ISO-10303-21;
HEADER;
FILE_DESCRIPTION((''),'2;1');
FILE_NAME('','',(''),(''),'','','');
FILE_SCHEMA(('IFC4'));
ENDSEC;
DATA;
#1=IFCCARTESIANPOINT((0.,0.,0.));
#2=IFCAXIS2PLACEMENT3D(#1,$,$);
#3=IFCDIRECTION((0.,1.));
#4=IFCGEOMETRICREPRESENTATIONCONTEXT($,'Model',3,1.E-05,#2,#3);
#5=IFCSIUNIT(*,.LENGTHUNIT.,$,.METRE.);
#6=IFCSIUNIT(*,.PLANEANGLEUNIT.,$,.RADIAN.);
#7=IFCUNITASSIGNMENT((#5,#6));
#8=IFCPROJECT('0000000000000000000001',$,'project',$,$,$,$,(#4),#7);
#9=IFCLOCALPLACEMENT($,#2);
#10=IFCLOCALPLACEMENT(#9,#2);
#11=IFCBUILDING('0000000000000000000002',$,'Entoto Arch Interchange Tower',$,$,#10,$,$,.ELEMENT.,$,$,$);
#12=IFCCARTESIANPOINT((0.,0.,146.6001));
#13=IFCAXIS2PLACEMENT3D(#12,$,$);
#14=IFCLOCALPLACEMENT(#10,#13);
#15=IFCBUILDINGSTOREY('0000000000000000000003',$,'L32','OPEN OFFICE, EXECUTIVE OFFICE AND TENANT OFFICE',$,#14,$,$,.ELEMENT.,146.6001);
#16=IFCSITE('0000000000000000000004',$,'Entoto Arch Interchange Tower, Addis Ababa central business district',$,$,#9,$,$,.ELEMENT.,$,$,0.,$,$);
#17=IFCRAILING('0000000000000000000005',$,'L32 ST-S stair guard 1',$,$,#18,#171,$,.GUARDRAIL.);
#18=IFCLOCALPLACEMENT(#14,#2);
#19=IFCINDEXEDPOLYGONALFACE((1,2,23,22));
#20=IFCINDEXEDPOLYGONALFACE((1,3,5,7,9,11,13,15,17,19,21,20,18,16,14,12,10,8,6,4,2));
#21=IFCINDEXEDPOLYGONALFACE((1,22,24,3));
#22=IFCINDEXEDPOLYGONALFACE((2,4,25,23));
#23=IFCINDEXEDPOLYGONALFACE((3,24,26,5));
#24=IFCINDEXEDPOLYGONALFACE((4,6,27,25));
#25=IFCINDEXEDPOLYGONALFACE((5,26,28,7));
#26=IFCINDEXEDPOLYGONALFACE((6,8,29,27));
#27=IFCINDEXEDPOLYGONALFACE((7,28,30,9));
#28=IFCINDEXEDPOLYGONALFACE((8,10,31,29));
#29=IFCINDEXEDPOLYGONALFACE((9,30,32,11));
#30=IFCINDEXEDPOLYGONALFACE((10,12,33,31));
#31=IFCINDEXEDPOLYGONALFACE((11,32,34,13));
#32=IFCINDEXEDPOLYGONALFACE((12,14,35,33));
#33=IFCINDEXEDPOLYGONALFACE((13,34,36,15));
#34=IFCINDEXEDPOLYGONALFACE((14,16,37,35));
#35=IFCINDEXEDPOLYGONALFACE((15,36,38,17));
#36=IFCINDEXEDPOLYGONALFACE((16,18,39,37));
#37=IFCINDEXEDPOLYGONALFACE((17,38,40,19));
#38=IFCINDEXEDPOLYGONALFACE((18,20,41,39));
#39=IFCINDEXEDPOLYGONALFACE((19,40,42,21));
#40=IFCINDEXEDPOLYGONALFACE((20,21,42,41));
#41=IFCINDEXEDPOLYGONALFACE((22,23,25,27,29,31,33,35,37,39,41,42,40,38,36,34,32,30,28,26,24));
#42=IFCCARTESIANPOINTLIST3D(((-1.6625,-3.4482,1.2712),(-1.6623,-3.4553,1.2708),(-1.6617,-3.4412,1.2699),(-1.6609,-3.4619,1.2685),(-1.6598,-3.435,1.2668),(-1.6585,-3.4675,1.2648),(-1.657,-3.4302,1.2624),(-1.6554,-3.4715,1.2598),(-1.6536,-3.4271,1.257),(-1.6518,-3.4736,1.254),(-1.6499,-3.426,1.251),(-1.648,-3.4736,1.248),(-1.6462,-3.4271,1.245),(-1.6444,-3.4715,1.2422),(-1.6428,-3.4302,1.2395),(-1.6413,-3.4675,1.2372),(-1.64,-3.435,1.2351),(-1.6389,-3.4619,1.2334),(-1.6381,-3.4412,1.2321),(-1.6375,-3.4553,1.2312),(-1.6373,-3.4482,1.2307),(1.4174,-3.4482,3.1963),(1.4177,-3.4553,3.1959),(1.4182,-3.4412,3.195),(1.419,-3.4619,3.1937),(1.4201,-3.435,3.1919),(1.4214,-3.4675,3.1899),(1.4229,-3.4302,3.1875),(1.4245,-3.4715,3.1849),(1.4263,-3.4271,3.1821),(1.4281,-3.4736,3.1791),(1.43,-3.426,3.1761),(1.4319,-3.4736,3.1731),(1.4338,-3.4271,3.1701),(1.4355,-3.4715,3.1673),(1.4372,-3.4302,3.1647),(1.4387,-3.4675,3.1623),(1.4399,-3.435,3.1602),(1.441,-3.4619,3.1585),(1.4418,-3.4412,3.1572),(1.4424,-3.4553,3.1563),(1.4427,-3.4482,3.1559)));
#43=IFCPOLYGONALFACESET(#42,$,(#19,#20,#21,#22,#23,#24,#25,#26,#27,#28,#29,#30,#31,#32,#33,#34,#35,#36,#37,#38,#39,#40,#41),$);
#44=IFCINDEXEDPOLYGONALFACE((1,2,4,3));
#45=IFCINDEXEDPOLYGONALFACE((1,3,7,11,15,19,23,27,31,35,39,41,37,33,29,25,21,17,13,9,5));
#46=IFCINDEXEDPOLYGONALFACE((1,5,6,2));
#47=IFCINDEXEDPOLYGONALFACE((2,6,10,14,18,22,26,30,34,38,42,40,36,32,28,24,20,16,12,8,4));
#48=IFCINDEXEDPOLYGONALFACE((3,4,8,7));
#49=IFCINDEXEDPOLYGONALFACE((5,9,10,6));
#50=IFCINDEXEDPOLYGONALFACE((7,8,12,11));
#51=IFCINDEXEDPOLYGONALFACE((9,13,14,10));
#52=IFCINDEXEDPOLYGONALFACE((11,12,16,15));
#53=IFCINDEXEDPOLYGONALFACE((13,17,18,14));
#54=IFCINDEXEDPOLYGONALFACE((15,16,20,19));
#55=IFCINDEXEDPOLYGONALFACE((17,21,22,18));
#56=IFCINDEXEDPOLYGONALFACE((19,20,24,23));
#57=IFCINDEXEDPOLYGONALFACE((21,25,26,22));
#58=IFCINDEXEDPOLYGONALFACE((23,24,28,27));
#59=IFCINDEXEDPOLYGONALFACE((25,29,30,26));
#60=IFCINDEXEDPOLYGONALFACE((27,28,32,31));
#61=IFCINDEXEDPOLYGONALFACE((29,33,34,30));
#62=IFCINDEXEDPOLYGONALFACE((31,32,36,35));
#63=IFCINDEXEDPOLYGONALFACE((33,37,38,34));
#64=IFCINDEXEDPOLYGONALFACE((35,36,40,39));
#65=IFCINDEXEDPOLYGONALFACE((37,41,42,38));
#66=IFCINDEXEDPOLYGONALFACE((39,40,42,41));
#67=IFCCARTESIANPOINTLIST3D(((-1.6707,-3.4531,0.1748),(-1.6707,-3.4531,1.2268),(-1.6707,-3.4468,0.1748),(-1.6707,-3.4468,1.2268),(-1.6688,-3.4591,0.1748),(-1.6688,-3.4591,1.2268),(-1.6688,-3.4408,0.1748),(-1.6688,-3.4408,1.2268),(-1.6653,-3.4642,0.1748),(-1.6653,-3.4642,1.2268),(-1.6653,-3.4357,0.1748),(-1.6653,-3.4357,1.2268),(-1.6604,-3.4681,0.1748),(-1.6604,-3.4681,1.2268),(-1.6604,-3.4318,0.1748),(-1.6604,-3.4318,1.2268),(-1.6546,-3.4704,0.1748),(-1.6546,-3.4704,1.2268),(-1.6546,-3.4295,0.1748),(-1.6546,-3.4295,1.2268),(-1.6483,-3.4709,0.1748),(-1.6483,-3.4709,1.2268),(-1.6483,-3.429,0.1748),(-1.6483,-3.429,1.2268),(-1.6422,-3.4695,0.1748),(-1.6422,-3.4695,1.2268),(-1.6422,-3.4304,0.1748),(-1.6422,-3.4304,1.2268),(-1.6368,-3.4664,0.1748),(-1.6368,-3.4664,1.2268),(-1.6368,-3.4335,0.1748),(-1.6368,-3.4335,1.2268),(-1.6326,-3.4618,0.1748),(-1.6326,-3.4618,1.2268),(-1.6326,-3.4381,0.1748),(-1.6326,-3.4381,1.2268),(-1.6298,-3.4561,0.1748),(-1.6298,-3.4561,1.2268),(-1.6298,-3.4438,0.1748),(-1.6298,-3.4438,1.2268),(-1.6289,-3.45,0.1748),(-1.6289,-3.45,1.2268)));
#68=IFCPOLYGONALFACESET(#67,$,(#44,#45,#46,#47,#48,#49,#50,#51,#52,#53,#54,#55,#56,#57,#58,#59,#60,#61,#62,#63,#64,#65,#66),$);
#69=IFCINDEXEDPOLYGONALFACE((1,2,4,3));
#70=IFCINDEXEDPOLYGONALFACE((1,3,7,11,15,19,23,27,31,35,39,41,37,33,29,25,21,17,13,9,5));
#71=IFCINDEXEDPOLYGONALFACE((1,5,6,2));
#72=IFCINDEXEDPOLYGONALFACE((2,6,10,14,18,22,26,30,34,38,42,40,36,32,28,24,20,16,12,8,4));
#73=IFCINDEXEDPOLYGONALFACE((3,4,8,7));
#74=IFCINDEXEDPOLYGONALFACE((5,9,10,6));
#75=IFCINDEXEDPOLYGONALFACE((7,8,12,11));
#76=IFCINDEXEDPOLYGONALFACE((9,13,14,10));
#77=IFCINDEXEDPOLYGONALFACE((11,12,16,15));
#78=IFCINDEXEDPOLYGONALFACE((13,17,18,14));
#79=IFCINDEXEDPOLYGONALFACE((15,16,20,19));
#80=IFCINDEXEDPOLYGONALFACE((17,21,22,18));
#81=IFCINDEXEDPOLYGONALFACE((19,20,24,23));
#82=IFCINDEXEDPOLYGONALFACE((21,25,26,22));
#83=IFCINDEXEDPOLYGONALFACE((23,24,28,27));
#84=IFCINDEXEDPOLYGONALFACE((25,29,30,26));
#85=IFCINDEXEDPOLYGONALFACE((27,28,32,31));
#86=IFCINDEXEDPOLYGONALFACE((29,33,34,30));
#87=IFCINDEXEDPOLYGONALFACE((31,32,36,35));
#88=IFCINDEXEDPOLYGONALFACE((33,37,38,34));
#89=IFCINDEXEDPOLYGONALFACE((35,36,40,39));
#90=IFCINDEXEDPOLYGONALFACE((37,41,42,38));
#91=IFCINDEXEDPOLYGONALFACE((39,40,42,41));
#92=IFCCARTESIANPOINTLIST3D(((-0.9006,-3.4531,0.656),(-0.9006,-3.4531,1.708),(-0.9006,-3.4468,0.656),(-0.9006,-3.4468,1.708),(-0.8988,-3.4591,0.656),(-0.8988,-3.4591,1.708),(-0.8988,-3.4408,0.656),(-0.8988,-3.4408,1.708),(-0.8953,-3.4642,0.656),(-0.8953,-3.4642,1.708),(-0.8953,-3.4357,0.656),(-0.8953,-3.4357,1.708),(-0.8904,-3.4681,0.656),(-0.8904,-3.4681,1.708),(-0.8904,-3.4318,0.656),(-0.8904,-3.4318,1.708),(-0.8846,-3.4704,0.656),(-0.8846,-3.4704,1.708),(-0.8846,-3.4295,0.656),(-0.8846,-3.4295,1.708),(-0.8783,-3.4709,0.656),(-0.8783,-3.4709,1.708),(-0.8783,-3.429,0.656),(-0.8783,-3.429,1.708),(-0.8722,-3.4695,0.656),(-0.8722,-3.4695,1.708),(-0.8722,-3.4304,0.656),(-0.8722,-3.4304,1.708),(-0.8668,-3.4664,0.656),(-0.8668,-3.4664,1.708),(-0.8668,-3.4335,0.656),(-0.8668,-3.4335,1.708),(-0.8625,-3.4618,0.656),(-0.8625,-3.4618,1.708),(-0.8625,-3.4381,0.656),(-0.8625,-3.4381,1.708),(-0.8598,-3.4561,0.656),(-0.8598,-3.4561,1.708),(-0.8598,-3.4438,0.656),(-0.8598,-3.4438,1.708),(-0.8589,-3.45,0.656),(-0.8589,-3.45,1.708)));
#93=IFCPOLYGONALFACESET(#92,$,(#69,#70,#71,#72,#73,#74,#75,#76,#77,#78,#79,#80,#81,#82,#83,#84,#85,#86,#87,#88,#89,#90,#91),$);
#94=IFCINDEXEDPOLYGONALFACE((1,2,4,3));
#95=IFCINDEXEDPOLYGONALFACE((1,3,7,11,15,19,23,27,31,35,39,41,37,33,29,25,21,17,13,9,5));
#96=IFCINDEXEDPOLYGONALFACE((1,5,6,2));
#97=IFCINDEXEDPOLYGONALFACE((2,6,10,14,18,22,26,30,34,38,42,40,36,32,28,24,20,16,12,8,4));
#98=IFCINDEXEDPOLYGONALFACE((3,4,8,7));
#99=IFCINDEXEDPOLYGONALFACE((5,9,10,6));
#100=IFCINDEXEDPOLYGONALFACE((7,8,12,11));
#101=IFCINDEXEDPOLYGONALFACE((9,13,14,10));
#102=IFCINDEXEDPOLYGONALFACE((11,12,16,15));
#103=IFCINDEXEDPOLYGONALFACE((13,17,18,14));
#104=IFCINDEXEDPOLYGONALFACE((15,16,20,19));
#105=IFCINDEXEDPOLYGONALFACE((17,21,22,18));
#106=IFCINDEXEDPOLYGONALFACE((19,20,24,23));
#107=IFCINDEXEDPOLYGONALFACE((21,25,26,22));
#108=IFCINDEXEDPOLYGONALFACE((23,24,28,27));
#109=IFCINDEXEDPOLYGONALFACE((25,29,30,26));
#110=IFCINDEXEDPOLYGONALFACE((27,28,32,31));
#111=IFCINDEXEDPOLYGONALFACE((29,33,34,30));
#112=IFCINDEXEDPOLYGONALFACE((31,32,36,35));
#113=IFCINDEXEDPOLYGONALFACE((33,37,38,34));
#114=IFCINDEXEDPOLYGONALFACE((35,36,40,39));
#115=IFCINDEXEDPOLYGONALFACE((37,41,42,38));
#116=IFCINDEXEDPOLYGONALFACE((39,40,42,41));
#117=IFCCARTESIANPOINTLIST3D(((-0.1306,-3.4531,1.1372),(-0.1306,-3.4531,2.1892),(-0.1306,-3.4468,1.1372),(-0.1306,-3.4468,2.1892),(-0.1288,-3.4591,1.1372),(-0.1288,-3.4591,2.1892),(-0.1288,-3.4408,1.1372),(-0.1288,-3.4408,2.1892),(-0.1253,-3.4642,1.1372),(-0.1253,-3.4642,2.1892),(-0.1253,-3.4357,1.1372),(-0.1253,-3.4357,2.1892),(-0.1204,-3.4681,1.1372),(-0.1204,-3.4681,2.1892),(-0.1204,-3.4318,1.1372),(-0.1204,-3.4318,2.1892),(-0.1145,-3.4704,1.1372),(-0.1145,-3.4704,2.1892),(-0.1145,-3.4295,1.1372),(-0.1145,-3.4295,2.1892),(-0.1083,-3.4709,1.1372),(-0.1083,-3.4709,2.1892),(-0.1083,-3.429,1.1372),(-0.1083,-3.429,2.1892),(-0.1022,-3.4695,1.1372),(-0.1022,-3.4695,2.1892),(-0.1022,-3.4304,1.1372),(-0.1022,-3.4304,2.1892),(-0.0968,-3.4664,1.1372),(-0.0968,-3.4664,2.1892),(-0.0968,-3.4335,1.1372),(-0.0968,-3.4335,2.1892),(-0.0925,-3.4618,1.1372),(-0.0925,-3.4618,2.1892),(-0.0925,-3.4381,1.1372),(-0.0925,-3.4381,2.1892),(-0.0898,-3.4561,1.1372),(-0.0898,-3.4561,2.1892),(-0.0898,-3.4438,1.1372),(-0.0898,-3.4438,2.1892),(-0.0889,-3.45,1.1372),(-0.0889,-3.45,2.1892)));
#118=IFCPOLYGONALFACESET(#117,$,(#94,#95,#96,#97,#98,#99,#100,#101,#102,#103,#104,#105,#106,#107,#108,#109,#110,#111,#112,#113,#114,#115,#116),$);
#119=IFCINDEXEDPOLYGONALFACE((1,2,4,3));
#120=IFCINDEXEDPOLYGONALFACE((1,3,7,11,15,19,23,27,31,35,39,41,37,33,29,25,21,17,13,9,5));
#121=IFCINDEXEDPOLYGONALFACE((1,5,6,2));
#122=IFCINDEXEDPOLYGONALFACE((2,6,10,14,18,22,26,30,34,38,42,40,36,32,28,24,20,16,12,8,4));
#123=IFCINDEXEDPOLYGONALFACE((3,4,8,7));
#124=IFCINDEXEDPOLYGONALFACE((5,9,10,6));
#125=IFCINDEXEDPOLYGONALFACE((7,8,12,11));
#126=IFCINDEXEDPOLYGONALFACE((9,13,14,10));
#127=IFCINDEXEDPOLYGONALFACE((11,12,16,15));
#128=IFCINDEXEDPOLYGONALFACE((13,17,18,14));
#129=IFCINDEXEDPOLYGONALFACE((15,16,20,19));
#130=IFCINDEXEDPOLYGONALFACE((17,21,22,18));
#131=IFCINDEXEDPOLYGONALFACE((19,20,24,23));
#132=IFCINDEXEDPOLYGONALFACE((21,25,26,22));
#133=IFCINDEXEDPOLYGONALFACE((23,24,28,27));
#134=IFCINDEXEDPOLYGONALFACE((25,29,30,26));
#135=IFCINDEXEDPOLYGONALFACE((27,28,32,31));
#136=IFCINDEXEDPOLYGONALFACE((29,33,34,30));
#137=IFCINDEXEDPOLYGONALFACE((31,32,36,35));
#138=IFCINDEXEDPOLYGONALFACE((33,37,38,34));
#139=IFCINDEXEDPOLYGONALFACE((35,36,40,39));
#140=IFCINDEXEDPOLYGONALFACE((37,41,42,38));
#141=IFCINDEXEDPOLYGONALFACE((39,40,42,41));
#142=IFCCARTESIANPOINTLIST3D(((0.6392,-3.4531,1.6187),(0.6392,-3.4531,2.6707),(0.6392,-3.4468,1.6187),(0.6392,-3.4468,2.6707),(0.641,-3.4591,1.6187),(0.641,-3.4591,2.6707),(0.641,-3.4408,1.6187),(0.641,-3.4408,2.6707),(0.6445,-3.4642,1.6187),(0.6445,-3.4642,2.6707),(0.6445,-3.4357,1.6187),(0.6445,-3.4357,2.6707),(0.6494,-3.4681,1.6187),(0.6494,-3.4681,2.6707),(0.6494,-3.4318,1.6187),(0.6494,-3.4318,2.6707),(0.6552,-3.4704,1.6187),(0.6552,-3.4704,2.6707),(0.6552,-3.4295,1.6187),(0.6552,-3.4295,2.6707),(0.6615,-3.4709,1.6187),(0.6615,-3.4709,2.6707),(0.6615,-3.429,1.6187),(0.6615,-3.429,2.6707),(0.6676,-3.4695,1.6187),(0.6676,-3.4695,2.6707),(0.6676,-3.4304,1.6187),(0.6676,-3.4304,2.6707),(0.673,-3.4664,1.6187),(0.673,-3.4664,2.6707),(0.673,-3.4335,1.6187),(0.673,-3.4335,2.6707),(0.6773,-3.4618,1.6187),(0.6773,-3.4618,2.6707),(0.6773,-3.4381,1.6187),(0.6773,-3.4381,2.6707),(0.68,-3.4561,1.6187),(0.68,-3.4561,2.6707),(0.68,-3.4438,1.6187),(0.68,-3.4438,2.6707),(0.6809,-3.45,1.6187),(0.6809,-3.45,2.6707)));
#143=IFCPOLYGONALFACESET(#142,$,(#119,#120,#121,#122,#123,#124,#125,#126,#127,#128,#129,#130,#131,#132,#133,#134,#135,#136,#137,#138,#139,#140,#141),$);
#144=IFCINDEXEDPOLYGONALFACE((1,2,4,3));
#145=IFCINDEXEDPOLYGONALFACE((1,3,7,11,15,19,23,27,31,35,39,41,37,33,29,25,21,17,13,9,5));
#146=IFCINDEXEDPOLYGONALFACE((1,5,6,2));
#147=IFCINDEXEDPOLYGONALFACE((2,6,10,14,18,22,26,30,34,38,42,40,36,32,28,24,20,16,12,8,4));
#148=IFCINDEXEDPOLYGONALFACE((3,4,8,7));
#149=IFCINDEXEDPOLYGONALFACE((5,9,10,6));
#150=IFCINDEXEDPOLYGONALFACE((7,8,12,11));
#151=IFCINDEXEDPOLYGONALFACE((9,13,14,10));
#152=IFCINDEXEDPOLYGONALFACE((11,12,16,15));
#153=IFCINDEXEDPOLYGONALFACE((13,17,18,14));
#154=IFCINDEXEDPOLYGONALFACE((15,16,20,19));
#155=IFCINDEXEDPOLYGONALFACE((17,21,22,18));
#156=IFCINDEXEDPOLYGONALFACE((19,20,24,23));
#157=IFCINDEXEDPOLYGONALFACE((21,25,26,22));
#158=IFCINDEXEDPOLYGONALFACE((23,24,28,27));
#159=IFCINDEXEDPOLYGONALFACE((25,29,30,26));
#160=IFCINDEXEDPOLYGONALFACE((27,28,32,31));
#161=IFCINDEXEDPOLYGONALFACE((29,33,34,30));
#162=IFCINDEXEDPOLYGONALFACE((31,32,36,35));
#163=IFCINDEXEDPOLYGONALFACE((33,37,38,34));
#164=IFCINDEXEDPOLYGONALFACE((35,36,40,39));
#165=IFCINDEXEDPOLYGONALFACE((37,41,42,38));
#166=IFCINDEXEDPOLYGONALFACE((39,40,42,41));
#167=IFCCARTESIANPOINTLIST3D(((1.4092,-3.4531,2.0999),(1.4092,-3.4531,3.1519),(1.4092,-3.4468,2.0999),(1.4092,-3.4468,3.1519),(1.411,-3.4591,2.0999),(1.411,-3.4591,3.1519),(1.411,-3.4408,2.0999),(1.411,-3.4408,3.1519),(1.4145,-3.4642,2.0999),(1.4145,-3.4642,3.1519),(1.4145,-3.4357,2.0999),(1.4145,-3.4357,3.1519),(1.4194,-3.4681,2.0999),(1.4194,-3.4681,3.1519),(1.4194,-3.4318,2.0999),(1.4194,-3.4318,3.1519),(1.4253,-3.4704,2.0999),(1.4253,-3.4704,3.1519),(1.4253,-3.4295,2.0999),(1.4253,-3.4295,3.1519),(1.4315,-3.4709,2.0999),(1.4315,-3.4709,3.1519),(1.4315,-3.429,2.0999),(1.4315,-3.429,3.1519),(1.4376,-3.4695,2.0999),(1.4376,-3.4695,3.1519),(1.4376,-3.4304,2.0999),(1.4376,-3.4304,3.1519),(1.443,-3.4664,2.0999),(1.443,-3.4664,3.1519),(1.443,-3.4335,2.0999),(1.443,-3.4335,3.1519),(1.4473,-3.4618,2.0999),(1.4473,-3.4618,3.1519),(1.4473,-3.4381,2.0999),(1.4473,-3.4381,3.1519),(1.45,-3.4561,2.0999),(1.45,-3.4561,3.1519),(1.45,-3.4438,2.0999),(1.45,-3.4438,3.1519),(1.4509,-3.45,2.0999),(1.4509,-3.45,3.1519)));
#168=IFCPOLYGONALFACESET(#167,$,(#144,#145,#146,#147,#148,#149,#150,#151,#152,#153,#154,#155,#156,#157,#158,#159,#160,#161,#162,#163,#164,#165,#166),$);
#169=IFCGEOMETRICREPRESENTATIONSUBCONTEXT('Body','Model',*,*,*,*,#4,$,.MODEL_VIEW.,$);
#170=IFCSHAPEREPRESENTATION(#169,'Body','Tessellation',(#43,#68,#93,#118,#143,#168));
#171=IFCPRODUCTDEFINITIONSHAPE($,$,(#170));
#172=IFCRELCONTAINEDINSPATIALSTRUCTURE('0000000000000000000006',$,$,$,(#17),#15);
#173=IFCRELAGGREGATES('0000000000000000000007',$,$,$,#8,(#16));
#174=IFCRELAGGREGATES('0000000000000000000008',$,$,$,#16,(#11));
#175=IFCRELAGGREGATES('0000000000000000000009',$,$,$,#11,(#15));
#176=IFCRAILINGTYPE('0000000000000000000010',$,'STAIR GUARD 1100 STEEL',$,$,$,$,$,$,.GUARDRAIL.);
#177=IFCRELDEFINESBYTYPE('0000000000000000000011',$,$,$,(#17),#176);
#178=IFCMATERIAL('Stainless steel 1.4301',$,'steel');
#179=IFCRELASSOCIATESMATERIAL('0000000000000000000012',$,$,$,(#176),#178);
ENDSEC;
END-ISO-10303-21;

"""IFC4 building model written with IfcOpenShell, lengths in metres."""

from ifc_helpers import new_model, si_unit, direction, frame, origin, origin_2d, place, context, subcontext, project, spatial, circle, extrude, material, type_object, element, save


model = new_model("IFC4")

# Units and contexts
model_context = context("Model", 3, precision=1e-05, world=origin(), true_north=direction((0.0, 1.0)))
body_context = subcontext(model_context, "Body", "Model", "MODEL_VIEW")
ifc_project = project(units=[si_unit("LENGTHUNIT", "METRE"), si_unit("PLANEANGLEUNIT", "RADIAN")], contexts=[model_context])

# Site, building, storey
site_placement = place(None, origin())
site = spatial("IfcSite", under=ifc_project, at=site_placement, Name="Entoto Arch Interchange Tower, Addis Ababa central business district", CompositionType="ELEMENT", RefElevation=0.0)
building_placement = place(site_placement, origin())
building = spatial("IfcBuilding", under=site, at=building_placement, Name="Entoto Arch Interchange Tower", CompositionType="ELEMENT")
storey_placement = place(building_placement, frame((0.0, 0.0, 146.6001)))
storey = spatial("IfcBuildingStorey", under=building, at=storey_placement, Name="L32", Description="OPEN OFFICE, EXECUTIVE OFFICE AND TENANT OFFICE", CompositionType="ELEMENT", Elevation=146.6001)

# Railing
ifc_material_1 = material(Name="Stainless steel 1.4301", Category="steel")
railing_type_1 = type_object("IfcRailingType", Name="STAIR GUARD 1100 STEEL", PredefinedType="GUARDRAIL", material=ifc_material_1)
railing_1_placement = place(storey_placement, frame((-1.6499, -3.45, 0.1748)))
element("IfcRailing", 1, at=railing_1_placement, inside=storey, type_object=railing_type_1, Name="L32 ST-S stair guard 1", PredefinedType="GUARDRAIL", context=body_context, shape_type="SweptSolid", body=[
    extrude(circle(Radius=0.0239, at=origin_2d()), frame((0.0, 0.0, 1.0762), z_axis=(0.847979, 0.0, 0.530029), x_axis=(0.0, 1.0, 0.0)), (0.0, 0.0, 1.0), 3.6321),
    extrude(circle(Radius=0.021, at=origin_2d()), origin(), (0.0, 0.0, 1.0), 1.052),
    extrude(circle(Radius=0.021, at=origin_2d()), frame((0.77, 0.0, 0.4812)), (0.0, 0.0, 1.0), 1.052),
    extrude(circle(Radius=0.021, at=origin_2d()), frame((1.54, 0.0, 0.9624)), (0.0, 0.0, 1.0), 1.052),
    extrude(circle(Radius=0.021, at=origin_2d()), frame((2.3098, 0.0, 1.4438)), (0.0, 0.0, 1.0), 1.052),
    extrude(circle(Radius=0.021, at=origin_2d()), frame((3.0798, 0.0, 1.925)), (0.0, 0.0, 1.0), 1.052),
])

save(model, "model.ifc")
